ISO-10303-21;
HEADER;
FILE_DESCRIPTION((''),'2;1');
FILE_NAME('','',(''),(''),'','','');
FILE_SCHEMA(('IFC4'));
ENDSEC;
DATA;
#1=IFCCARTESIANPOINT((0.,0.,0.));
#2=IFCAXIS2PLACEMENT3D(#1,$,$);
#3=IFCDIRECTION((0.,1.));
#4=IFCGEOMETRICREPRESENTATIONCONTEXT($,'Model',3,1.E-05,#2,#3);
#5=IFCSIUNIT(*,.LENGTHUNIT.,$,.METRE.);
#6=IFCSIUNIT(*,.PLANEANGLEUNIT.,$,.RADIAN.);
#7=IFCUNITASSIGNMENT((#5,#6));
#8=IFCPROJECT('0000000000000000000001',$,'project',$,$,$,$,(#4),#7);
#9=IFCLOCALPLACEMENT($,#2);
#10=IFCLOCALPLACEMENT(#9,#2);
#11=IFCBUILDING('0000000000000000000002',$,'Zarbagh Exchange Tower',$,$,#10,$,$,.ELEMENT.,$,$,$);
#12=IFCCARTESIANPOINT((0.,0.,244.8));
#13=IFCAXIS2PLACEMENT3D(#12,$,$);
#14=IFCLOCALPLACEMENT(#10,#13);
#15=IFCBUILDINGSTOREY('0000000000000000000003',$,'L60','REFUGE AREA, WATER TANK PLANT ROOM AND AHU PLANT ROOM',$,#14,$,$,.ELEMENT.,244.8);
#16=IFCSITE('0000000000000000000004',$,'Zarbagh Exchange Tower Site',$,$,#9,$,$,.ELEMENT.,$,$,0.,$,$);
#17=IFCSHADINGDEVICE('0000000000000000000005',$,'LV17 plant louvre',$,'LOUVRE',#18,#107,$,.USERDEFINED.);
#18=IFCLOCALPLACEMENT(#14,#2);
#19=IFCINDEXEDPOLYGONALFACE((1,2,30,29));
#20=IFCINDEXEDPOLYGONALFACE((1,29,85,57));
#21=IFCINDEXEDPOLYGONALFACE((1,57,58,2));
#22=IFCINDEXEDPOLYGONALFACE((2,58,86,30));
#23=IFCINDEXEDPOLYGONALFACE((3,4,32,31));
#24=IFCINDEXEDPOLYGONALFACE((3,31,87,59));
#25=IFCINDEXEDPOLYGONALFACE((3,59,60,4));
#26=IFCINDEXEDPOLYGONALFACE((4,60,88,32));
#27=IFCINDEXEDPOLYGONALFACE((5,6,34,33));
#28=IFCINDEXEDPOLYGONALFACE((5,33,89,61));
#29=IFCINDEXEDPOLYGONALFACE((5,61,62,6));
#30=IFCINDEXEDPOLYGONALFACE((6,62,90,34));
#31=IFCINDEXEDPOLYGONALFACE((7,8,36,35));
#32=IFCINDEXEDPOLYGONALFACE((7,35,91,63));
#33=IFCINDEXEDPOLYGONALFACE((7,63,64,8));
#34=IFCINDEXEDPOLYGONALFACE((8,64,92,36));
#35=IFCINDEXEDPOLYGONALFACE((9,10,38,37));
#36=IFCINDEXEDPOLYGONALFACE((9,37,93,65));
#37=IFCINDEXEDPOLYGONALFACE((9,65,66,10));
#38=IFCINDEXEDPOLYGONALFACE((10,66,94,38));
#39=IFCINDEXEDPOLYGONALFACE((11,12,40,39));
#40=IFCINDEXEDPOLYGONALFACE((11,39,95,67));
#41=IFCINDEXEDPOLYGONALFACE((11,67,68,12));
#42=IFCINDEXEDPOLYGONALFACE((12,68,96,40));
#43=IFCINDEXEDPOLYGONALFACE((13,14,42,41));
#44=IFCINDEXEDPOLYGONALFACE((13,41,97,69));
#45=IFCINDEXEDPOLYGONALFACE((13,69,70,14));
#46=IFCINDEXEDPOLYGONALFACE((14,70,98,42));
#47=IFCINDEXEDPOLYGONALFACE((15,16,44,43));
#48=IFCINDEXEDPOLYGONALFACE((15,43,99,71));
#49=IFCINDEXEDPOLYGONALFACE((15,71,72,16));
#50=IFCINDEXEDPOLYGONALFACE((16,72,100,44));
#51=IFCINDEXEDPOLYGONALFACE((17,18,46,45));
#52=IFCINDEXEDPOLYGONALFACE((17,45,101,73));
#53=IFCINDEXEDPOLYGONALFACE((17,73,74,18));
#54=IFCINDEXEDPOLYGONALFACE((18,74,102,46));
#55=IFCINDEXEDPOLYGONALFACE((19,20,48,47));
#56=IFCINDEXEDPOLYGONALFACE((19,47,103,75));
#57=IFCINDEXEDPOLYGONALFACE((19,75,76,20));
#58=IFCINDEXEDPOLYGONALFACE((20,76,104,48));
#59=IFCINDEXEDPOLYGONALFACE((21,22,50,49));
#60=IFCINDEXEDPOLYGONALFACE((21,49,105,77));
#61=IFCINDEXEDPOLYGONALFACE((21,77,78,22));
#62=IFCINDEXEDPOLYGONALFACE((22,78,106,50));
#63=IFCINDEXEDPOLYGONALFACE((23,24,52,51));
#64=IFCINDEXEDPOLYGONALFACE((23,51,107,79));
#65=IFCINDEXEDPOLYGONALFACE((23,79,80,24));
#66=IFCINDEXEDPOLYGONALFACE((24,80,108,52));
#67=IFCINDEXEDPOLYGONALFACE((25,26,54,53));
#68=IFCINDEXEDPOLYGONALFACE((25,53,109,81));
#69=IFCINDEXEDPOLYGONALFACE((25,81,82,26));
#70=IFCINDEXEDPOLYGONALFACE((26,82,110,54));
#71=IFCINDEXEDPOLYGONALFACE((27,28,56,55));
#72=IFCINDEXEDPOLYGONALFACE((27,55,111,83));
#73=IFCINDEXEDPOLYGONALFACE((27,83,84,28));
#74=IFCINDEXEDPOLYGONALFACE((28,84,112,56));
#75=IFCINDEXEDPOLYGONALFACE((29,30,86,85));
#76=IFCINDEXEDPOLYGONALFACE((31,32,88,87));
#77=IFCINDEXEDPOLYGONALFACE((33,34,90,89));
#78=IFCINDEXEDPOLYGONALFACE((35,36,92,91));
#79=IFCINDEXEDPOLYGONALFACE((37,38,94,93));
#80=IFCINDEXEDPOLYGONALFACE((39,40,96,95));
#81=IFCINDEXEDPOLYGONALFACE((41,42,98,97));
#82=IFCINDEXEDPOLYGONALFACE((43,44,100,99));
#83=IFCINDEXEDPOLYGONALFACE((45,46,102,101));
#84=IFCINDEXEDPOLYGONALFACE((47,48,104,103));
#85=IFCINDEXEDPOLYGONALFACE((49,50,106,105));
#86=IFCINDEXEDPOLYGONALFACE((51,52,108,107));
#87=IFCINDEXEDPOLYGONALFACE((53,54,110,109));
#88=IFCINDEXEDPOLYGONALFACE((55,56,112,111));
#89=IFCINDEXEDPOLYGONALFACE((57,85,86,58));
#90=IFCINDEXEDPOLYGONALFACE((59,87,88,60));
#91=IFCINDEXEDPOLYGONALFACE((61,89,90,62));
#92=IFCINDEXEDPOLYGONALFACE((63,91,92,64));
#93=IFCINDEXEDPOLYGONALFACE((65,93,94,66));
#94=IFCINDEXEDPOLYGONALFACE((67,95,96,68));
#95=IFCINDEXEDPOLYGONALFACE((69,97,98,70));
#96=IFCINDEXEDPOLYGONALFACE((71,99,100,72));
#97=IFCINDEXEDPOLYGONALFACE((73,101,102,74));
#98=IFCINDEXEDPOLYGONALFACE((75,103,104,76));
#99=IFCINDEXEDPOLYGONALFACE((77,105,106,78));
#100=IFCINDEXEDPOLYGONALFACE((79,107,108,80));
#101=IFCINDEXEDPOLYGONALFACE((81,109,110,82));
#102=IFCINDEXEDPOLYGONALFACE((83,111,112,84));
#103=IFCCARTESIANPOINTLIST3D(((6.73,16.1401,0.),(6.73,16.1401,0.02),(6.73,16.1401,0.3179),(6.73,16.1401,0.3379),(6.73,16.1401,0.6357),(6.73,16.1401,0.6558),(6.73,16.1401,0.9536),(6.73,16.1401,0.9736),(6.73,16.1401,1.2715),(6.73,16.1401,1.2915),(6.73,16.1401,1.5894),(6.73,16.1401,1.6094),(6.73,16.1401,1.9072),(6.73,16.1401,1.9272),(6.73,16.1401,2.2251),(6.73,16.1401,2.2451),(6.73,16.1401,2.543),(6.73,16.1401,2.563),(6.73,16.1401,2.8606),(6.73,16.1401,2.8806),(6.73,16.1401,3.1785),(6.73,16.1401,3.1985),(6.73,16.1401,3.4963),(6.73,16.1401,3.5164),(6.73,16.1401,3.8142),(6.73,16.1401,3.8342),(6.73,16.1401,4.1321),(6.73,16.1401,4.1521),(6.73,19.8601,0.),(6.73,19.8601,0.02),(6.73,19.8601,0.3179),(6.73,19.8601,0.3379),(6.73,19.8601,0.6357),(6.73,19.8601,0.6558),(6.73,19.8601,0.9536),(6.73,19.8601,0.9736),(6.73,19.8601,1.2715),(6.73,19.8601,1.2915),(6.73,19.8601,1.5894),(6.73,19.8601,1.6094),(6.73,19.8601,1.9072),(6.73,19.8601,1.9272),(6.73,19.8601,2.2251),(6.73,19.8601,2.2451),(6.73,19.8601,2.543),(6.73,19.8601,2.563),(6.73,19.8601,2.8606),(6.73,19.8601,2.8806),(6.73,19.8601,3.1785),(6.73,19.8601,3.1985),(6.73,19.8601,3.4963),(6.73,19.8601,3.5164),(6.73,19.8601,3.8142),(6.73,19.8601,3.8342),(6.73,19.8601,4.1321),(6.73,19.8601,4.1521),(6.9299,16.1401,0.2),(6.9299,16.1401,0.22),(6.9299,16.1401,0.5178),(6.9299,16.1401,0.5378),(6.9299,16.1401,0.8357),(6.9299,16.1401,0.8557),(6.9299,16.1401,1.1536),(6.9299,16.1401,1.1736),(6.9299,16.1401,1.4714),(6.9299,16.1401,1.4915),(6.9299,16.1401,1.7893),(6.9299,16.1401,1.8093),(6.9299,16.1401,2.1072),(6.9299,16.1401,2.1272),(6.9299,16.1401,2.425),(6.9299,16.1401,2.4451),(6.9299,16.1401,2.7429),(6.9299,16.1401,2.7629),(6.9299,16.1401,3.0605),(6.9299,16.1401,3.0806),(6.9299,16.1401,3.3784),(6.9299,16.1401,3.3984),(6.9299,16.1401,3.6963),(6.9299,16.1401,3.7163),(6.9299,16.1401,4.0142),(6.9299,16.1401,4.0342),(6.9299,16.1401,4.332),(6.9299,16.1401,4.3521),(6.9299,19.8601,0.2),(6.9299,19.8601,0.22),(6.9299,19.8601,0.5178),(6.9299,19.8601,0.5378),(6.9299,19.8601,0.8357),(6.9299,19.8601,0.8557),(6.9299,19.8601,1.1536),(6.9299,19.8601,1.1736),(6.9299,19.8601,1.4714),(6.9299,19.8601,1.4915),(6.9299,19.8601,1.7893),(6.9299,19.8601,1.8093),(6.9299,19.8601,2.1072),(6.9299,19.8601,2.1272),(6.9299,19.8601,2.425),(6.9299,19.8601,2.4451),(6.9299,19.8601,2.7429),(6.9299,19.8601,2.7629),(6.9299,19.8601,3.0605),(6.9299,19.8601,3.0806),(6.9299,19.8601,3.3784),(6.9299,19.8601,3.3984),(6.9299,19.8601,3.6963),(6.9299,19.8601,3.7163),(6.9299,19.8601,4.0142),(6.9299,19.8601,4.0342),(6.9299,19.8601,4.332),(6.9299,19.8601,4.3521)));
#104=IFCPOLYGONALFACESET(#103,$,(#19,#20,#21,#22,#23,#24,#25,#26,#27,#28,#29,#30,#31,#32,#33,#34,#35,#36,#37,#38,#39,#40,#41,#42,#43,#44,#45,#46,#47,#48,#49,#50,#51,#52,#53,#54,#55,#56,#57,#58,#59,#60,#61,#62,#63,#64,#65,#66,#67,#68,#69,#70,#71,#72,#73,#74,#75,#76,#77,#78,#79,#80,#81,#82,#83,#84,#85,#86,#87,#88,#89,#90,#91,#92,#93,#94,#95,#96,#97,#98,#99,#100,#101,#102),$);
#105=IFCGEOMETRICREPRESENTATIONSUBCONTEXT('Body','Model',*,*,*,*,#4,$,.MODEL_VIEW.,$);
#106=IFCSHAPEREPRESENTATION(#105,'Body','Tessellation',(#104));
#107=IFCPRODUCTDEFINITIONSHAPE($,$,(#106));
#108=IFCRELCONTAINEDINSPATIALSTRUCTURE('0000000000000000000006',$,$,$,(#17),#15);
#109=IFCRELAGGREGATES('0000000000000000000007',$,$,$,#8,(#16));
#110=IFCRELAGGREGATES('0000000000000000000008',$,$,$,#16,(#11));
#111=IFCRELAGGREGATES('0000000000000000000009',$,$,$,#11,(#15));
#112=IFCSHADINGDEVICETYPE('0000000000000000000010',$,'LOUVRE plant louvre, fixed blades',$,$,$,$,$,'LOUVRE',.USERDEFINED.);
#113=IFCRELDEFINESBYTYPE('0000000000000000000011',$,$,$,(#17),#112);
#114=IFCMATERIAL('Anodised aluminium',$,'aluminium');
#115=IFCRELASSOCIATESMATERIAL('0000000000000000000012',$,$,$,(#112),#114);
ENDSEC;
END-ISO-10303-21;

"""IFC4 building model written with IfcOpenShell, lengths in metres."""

from ifc_helpers import new_model, si_unit, direction, frame, origin, place, context, subcontext, project, spatial, polyline, outline, extrude, source, transform, mapped, material, type_object, element, save


model = new_model("IFC4")

# Units and contexts
model_context = context("Model", 3, precision=1e-05, world=origin(), true_north=direction((0.0, 1.0)))
body_context = subcontext(model_context, "Body", "Model", "MODEL_VIEW")
ifc_project = project(units=[si_unit("LENGTHUNIT", "METRE"), si_unit("PLANEANGLEUNIT", "RADIAN")], contexts=[model_context])

# Site, building, storey
site_placement = place(None, origin())
site = spatial("IfcSite", under=ifc_project, at=site_placement, Name="Zarbagh Exchange Tower Site", CompositionType="ELEMENT", RefElevation=0.0)
building_placement = place(site_placement, origin())
building = spatial("IfcBuilding", under=site, at=building_placement, Name="Zarbagh Exchange Tower", CompositionType="ELEMENT")
storey_placement = place(building_placement, frame((0.0, 0.0, 244.8)))
storey = spatial("IfcBuildingStorey", under=building, at=storey_placement, Name="L60", Description="REFUGE AREA, WATER TANK PLANT ROOM AND AHU PLANT ROOM", CompositionType="ELEMENT", Elevation=244.8)

# Shared definitions
placement = place(storey_placement, origin())

# Shared definitions
ifc_material_1 = material(Name="Anodised aluminium", Category="aluminium")
shading_device_type = type_object("IfcShadingDeviceType", Name="LOUVRE plant louvre, fixed blades", ElementType="LOUVRE", PredefinedType="USERDEFINED", material=ifc_material_1)

# Shading device
shared_shape_1 = source(origin(), body_context, "Body", "SweptSolid", [
    extrude(outline(polyline([(0.0, 0.2), (0.2, 0.0), (0.2, -0.02), (0.0, 0.1799), (0.0, 0.2)])), origin(), (0.0, 0.0, 1.0), 3.72),
])
element("IfcShadingDevice", 1, at=placement, inside=storey, type_object=shading_device_type, Name="LV17 plant louvre", ObjectType="LOUVRE", PredefinedType="USERDEFINED", context=body_context, shape_type="MappedRepresentation", body=[
    mapped(shared_shape_1, transform((6.73, 16.1401, 0.2), x_axis=(1.0, 0.0, 0.0), y_axis=(0.0, 0.0, -1.0), z_axis=(0.0, 1.0, 0.0))),
    mapped(shared_shape_1, transform((6.73, 16.1401, 0.5178), x_axis=(1.0, 0.0, 0.0), y_axis=(0.0, 0.0, -1.0), z_axis=(0.0, 1.0, 0.0))),
    mapped(shared_shape_1, transform((6.73, 16.1401, 0.8357), x_axis=(1.0, 0.0, 0.0), y_axis=(0.0, 0.0, -1.0), z_axis=(0.0, 1.0, 0.0))),
    mapped(shared_shape_1, transform((6.73, 16.1401, 1.1536), x_axis=(1.0, 0.0, 0.0), y_axis=(0.0, 0.0, -1.0), z_axis=(0.0, 1.0, 0.0))),
    mapped(shared_shape_1, transform((6.73, 16.1401, 1.4714), x_axis=(1.0, 0.0, 0.0), y_axis=(0.0, 0.0, -1.0), z_axis=(0.0, 1.0, 0.0))),
    mapped(shared_shape_1, transform((6.73, 16.1401, 1.7893), x_axis=(1.0, 0.0, 0.0), y_axis=(0.0, 0.0, -1.0), z_axis=(0.0, 1.0, 0.0))),
    mapped(shared_shape_1, transform((6.73, 16.1401, 2.1072), x_axis=(1.0, 0.0, 0.0), y_axis=(0.0, 0.0, -1.0), z_axis=(0.0, 1.0, 0.0))),
    mapped(shared_shape_1, transform((6.73, 16.1401, 2.425), x_axis=(1.0, 0.0, 0.0), y_axis=(0.0, 0.0, -1.0), z_axis=(0.0, 1.0, 0.0))),
    mapped(shared_shape_1, transform((6.73, 16.1401, 2.7429), x_axis=(1.0, 0.0, 0.0), y_axis=(0.0, 0.0, -1.0), z_axis=(0.0, 1.0, 0.0))),
    mapped(shared_shape_1, transform((6.73, 16.1401, 3.0605), x_axis=(1.0, 0.0, 0.0), y_axis=(0.0, 0.0, -1.0), z_axis=(0.0, 1.0, 0.0))),
    mapped(shared_shape_1, transform((6.73, 16.1401, 3.3784), x_axis=(1.0, 0.0, 0.0), y_axis=(0.0, 0.0, -1.0), z_axis=(0.0, 1.0, 0.0))),
    mapped(shared_shape_1, transform((6.73, 16.1401, 3.6963), x_axis=(1.0, 0.0, 0.0), y_axis=(0.0, 0.0, -1.0), z_axis=(0.0, 1.0, 0.0))),
    mapped(shared_shape_1, transform((6.73, 16.1401, 4.0142), x_axis=(1.0, 0.0, 0.0), y_axis=(0.0, 0.0, -1.0), z_axis=(0.0, 1.0, 0.0))),
    mapped(shared_shape_1, transform((6.73, 16.1401, 4.332), x_axis=(1.0, 0.0, 0.0), y_axis=(0.0, 0.0, -1.0), z_axis=(0.0, 1.0, 0.0))),
])

save(model, "model.ifc")
